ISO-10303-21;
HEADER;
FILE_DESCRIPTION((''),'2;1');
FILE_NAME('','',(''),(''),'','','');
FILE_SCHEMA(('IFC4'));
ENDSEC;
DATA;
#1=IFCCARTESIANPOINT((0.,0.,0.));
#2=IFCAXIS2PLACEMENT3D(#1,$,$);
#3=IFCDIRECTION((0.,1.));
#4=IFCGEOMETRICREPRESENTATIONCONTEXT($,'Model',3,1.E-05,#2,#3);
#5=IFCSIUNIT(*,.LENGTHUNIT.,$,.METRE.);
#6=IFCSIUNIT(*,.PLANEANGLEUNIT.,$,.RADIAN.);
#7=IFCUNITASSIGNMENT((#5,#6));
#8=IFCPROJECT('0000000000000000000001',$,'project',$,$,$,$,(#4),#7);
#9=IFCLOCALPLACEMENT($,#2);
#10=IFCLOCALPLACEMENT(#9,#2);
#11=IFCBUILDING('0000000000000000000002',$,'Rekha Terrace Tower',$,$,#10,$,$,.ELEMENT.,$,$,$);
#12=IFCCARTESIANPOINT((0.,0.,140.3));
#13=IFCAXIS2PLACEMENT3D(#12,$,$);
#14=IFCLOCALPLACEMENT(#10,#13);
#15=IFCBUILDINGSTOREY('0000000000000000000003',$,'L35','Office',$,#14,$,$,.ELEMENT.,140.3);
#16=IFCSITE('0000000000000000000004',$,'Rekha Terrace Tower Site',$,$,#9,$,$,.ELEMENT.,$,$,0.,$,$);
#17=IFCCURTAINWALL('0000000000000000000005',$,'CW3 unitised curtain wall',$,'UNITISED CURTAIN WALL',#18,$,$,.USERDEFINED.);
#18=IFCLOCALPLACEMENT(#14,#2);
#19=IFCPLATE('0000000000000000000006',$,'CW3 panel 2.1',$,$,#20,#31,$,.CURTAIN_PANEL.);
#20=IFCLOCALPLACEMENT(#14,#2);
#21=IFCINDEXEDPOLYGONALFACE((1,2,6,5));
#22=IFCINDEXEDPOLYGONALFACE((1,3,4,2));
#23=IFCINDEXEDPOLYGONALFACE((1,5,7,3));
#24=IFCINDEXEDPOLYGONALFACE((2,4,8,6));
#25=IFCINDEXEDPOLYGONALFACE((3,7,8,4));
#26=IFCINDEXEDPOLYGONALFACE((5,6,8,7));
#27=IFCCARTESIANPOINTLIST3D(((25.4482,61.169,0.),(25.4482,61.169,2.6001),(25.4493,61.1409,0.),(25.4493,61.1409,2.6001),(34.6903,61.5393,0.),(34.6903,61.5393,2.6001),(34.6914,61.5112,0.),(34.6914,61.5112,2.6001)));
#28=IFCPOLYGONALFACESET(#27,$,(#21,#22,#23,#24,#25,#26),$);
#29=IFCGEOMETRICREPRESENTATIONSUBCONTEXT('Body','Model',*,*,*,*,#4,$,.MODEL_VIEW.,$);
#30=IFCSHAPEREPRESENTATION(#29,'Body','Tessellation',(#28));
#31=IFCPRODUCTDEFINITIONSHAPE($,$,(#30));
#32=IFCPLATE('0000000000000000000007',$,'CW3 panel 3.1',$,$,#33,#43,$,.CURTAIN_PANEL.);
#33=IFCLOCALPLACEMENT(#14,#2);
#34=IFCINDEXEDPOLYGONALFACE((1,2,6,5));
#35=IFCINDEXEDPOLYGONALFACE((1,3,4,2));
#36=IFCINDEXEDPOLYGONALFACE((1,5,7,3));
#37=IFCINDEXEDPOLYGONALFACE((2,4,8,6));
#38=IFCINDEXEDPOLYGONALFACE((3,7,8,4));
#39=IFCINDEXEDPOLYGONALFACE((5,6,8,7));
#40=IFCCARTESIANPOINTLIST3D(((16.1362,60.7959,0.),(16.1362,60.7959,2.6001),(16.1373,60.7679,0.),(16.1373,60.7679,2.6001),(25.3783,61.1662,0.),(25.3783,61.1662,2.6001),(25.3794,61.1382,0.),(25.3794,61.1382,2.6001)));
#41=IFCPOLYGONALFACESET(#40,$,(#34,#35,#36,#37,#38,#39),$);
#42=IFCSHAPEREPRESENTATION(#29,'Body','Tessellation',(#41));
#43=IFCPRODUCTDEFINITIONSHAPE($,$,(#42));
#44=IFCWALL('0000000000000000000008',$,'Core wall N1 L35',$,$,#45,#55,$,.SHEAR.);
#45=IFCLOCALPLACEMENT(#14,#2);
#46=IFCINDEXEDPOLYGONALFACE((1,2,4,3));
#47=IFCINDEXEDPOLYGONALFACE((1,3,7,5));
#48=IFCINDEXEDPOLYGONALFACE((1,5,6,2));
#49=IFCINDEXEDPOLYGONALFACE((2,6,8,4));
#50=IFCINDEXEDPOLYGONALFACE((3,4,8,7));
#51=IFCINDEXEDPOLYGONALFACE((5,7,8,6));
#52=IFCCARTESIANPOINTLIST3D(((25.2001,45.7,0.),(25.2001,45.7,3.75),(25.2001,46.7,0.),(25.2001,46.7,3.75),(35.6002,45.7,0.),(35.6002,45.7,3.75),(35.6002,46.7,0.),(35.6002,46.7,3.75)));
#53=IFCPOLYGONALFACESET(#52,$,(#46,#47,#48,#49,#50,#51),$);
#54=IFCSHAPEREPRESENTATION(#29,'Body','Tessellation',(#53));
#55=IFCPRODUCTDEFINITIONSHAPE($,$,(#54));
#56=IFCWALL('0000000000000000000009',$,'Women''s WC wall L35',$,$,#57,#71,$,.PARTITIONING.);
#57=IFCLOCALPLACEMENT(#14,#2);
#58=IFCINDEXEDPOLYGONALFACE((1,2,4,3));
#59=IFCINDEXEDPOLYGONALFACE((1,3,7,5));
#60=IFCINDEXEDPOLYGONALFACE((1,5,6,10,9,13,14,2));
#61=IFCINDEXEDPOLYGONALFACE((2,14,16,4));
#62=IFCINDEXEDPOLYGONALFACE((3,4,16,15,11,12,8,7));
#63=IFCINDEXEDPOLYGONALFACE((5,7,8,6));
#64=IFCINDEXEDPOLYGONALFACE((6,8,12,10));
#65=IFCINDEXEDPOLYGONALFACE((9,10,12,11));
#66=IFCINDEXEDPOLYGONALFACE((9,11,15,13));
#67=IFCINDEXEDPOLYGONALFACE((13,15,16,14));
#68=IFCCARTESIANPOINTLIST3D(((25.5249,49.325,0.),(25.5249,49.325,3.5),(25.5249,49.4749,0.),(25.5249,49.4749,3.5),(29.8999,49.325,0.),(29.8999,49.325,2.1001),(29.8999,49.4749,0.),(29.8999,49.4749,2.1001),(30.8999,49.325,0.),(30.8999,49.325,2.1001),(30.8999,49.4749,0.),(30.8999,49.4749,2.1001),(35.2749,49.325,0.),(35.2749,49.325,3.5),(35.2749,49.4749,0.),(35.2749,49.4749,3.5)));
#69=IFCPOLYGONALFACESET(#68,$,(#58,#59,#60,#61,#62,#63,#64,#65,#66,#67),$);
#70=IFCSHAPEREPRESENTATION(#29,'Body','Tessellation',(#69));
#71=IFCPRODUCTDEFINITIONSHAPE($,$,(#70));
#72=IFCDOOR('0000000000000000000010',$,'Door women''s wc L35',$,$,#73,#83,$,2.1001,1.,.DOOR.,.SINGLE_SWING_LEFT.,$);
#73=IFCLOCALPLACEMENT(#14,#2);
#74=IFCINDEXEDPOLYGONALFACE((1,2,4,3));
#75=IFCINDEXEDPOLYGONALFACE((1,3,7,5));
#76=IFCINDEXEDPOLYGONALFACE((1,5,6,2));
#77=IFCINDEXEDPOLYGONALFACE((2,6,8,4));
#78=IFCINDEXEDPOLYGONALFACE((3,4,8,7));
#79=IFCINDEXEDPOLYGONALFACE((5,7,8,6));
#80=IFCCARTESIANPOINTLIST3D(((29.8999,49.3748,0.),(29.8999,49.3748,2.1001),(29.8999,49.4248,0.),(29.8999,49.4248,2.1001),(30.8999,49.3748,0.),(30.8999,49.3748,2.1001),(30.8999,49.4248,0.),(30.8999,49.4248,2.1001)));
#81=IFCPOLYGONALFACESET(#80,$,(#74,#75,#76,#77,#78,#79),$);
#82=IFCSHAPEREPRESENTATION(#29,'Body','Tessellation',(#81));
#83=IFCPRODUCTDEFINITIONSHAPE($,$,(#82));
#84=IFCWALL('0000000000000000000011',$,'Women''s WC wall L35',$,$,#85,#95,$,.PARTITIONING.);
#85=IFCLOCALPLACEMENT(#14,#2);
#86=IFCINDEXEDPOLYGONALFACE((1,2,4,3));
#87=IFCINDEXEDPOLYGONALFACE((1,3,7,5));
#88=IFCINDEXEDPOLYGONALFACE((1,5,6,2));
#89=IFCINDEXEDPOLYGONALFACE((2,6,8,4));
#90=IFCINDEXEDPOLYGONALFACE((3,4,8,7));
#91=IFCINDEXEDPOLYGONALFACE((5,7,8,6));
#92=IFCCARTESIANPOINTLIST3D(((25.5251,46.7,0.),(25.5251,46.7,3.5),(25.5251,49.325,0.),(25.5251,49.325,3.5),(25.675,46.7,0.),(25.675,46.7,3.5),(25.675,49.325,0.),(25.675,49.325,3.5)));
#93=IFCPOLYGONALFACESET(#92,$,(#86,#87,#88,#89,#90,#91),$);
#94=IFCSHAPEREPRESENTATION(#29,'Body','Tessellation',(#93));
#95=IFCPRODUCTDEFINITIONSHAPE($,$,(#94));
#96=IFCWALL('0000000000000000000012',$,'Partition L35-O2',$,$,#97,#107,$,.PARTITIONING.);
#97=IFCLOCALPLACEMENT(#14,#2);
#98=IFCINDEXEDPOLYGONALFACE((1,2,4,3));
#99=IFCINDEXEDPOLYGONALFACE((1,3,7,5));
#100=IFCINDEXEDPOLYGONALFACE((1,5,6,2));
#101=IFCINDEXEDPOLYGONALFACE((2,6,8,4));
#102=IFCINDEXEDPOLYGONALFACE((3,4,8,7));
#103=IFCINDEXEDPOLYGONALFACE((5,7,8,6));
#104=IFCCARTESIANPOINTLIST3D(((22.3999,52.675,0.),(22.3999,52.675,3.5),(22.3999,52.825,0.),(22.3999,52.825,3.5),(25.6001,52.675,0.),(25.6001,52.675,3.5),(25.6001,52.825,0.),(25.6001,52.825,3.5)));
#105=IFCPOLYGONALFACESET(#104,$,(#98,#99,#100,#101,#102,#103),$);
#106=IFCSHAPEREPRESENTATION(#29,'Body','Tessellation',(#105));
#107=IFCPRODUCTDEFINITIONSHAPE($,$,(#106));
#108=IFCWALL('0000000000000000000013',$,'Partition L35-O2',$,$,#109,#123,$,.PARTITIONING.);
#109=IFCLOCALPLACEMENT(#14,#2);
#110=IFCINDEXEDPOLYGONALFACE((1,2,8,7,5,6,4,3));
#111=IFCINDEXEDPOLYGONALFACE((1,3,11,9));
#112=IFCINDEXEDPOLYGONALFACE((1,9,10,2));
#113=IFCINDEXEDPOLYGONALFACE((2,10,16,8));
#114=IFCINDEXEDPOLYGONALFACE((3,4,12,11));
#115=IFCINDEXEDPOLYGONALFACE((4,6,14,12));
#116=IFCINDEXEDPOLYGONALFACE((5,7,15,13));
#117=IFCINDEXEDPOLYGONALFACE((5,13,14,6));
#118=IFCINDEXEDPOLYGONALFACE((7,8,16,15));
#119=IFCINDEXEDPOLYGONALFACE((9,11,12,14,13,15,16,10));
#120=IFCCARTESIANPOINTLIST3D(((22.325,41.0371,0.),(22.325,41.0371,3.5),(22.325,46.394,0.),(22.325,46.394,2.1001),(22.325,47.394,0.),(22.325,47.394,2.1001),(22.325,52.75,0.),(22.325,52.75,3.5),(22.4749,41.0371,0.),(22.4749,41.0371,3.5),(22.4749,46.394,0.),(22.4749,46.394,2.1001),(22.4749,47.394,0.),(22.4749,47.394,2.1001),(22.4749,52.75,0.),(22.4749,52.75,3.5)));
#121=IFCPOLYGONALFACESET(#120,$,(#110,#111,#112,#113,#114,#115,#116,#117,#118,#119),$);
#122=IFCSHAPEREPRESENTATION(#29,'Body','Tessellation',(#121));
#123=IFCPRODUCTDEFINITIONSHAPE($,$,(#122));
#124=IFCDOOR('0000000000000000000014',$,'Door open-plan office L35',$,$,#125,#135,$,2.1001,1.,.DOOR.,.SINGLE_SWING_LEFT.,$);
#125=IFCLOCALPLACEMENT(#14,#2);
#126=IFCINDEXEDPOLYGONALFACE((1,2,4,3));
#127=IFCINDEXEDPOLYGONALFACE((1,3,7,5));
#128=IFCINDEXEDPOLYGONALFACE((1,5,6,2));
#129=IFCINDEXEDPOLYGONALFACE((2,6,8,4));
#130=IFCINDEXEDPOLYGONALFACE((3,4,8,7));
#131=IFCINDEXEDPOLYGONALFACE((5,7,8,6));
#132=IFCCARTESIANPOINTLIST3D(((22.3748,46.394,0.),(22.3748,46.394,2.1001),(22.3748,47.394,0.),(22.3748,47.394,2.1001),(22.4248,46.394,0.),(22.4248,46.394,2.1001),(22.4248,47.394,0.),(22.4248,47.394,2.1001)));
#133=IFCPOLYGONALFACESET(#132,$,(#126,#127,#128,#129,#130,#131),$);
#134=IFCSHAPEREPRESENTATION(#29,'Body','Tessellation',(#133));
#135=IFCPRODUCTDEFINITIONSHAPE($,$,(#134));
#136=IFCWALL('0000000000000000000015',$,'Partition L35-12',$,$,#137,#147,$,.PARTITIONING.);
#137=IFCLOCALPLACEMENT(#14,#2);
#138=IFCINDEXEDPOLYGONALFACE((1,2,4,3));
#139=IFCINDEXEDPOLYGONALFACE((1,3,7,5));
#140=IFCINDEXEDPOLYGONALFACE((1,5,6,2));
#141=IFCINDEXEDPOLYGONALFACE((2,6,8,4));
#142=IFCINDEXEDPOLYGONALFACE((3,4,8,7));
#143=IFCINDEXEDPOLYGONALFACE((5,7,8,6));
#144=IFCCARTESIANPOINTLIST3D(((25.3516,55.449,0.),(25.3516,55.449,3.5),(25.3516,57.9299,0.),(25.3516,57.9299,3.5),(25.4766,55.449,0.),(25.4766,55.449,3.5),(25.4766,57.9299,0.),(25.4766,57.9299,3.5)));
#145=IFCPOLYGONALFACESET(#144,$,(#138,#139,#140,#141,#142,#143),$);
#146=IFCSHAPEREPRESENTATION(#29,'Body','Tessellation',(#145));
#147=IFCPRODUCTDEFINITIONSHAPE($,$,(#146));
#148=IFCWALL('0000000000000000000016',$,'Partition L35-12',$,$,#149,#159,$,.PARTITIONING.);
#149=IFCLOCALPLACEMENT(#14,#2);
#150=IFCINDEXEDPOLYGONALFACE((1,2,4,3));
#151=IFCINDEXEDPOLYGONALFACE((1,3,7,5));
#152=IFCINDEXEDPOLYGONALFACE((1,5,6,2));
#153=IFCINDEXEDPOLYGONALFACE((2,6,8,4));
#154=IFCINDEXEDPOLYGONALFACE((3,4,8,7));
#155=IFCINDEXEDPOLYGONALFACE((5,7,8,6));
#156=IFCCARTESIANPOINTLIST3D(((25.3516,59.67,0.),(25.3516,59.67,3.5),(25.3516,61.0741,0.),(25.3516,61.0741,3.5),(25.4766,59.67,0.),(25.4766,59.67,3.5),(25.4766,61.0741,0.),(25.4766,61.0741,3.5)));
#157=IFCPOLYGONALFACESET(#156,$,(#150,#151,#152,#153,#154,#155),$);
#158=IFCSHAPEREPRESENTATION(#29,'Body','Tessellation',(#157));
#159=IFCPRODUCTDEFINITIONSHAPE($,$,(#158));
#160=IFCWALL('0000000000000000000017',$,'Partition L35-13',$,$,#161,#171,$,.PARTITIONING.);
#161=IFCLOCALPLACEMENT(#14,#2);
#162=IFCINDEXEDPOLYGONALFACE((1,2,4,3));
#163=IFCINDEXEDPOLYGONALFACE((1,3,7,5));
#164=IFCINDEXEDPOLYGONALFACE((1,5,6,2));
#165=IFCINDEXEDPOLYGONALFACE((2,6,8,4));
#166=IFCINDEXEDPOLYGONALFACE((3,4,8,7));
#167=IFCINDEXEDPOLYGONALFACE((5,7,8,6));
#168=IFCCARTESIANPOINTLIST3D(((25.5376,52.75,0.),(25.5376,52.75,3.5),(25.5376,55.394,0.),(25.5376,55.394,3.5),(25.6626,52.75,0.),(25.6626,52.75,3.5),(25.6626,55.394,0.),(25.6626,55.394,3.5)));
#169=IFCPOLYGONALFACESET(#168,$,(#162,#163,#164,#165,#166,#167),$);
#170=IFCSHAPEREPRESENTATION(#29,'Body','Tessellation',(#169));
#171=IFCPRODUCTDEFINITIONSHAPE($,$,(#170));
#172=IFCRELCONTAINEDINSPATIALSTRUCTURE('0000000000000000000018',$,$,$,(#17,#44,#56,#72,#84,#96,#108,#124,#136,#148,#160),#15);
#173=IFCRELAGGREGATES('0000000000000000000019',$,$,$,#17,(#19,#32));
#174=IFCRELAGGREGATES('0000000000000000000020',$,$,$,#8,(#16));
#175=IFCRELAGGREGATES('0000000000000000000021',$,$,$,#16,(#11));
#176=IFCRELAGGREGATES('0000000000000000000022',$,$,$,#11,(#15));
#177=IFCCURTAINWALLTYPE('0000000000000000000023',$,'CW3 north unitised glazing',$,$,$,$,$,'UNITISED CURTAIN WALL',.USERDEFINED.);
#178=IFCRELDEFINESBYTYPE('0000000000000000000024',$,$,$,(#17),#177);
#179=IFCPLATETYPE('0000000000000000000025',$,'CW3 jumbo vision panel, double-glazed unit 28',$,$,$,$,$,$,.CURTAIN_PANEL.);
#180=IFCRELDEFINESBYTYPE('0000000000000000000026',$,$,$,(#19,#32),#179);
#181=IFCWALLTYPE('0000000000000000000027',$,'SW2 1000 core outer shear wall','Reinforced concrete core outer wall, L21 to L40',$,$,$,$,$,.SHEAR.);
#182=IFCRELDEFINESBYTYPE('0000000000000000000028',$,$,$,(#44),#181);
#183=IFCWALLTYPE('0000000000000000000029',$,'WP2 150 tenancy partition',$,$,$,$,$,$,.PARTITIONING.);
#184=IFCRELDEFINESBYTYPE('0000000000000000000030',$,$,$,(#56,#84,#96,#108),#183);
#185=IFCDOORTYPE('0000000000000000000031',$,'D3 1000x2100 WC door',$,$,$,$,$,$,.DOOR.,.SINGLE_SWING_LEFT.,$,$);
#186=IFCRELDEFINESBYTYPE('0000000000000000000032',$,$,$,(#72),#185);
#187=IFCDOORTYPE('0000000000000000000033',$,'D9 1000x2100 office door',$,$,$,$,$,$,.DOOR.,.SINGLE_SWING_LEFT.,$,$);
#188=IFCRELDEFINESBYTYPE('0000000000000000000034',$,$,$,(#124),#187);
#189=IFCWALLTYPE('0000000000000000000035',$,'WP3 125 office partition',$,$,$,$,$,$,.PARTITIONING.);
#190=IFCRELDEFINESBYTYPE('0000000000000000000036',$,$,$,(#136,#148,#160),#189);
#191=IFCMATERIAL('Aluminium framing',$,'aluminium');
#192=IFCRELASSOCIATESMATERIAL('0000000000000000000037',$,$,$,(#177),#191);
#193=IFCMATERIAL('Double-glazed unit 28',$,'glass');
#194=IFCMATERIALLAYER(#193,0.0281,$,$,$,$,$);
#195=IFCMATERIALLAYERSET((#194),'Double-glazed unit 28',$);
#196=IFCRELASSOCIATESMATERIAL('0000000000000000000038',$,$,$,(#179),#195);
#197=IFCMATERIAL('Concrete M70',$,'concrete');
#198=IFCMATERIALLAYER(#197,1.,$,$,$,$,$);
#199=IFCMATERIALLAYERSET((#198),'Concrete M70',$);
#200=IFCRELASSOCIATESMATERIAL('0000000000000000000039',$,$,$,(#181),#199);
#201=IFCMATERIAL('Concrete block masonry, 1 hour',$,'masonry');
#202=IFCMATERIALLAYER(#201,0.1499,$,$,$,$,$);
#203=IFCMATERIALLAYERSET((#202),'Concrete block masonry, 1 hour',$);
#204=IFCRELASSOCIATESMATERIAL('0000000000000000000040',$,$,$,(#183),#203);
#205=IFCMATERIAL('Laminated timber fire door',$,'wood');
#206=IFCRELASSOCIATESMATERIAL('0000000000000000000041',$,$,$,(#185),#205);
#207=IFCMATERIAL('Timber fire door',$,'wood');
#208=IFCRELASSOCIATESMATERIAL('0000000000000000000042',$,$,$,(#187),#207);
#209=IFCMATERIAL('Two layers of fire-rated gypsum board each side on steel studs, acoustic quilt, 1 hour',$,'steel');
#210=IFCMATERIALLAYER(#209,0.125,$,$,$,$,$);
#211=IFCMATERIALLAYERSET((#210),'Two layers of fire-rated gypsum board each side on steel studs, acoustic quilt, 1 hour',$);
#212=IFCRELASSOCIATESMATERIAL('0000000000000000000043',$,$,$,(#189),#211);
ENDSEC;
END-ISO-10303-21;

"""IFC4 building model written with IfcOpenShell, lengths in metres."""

from ifc_helpers import new_model, si_unit, direction, frame, frame_2d, origin, origin_2d, place, context, subcontext, project, spatial, rectangle, extrude, material, layer, layer_set, type_object, element, fill, aggregate, save


model = new_model("IFC4")

# Units and contexts
model_context = context("Model", 3, precision=1e-05, world=origin(), true_north=direction((0.0, 1.0)))
body_context = subcontext(model_context, "Body", "Model", "MODEL_VIEW")
ifc_project = project(units=[si_unit("LENGTHUNIT", "METRE"), si_unit("PLANEANGLEUNIT", "RADIAN")], contexts=[model_context])

# Site, building, storey
site_placement = place(None, origin())
site = spatial("IfcSite", under=ifc_project, at=site_placement, Name="Rekha Terrace Tower Site", CompositionType="ELEMENT", RefElevation=0.0)
building_placement = place(site_placement, origin())
building = spatial("IfcBuilding", under=site, at=building_placement, Name="Rekha Terrace Tower", CompositionType="ELEMENT")
storey_placement = place(building_placement, frame((0.0, 0.0, 140.3)))
storey = spatial("IfcBuildingStorey", under=building, at=storey_placement, Name="L35", Description="Office", CompositionType="ELEMENT", Elevation=140.3)

# Shared definitions
ifc_material_1 = material(Name="Concrete M70", Category="concrete")

# Curtain wall, plates
ifc_material_2 = material(Name="Aluminium framing", Category="aluminium")
curtain_wall_type = type_object("IfcCurtainWallType", Name="CW3 north unitised glazing", ElementType="UNITISED CURTAIN WALL", PredefinedType="USERDEFINED", material=ifc_material_2)
curtain_wall_placement = place(storey_placement, origin())
curtain_wall = element("IfcCurtainWall", 1, at=curtain_wall_placement, inside=storey, type_object=curtain_wall_type, Name="CW3 unitised curtain wall", ObjectType="UNITISED CURTAIN WALL", PredefinedType="USERDEFINED")
ifc_material_3 = material(Name="Double-glazed unit 28", Category="glass")
ifc_layer_1 = layer(ifc_material_3, 0.0281)
ifc_layer_set_1 = layer_set([ifc_layer_1], Name="Double-glazed unit 28")
plate_type = type_object("IfcPlateType", Name="CW3 jumbo vision panel, double-glazed unit 28", PredefinedType="CURTAIN_PANEL", material=ifc_layer_set_1)
plate_1_placement = place(storey_placement, frame((30.0698, 61.3401, 0.0), z_axis=(0.0, 0.0, 1.0), x_axis=(-0.999198, -0.040032, 0.0)))
plate_1 = element("IfcPlate", 2, at=plate_1_placement, type_object=plate_type, Name="CW3 panel 2.1", PredefinedType="CURTAIN_PANEL", context=body_context, shape_type="SweptSolid", body=[
    extrude(rectangle(XDim=9.2495, YDim=0.0281, at=origin_2d()), origin(), (0.0, 0.0, 1.0), 2.6001),
])
plate_2_placement = place(storey_placement, frame((20.7578, 60.967, 0.0), z_axis=(0.0, 0.0, 1.0), x_axis=(-0.999198, -0.040032, 0.0)))
plate_2 = element("IfcPlate", 3, at=plate_2_placement, type_object=plate_type, Name="CW3 panel 3.1", PredefinedType="CURTAIN_PANEL", context=body_context, shape_type="SweptSolid", body=[
    extrude(rectangle(XDim=9.2495, YDim=0.0281, at=origin_2d()), origin(), (0.0, 0.0, 1.0), 2.6001),
])
aggregate(curtain_wall, [plate_1, plate_2])

# Wall
ifc_layer_2 = layer(ifc_material_1, 1.0)
ifc_layer_set_2 = layer_set([ifc_layer_2], Name="Concrete M70")
wall_type_1 = type_object("IfcWallType", Name="SW2 1000 core outer shear wall", Description="Reinforced concrete core outer wall, L21 to L40", PredefinedType="SHEAR", material=ifc_layer_set_2)
wall_1_placement = place(storey_placement, frame((25.2, 46.2, 0.0), z_axis=(0.0, 0.0, 1.0), x_axis=(1.0, 0.0, 0.0)))
element("IfcWall", 4, at=wall_1_placement, inside=storey, type_object=wall_type_1, Name="Core wall N1 L35", PredefinedType="SHEAR", context=body_context, shape_type="SweptSolid", body=[
    extrude(rectangle(XDim=10.4001, YDim=1.0, at=frame_2d((5.2002, 0.0))), origin(), (0.0, 0.0, 1.0), 3.75),
])

# Wall, opening, door
ifc_material_4 = material(Name="Concrete block masonry, 1 hour", Category="masonry")
ifc_layer_3 = layer(ifc_material_4, 0.1499)
ifc_layer_set_3 = layer_set([ifc_layer_3], Name="Concrete block masonry, 1 hour")
wall_type_2 = type_object("IfcWallType", Name="WP2 150 tenancy partition", PredefinedType="PARTITIONING", material=ifc_layer_set_3)
wall_2_placement = place(storey_placement, frame((25.5249, 49.3999, 0.0), z_axis=(0.0, 0.0, 1.0), x_axis=(1.0, 0.0, 0.0)))
wall_2 = element("IfcWall", 5, at=wall_2_placement, inside=storey, type_object=wall_type_2, Name="Women's WC wall L35", PredefinedType="PARTITIONING", context=body_context, shape_type="SweptSolid", body=[
    extrude(rectangle(XDim=9.75, YDim=0.1499, at=frame_2d((4.875, 0.0))), origin(), (0.0, 0.0, 1.0), 3.5),
])
opening_1_placement = place(wall_2_placement, frame((4.375, 0.0, 0.0)))
opening_1 = element("IfcOpeningElement", 6, at=opening_1_placement, cuts=wall_2, PredefinedType="OPENING", context=body_context, shape_type="SweptSolid", body=[
    extrude(rectangle(XDim=1.0, YDim=2.1001, at=frame_2d((0.5, 1.05))), frame((0.0, 0.085, 0.0), z_axis=(0.0, -1.0, 0.0), x_axis=(1.0, 0.0, 0.0)), (0.0, 0.0, 1.0), 0.1699),
])
ifc_material_5 = material(Name="Laminated timber fire door", Category="wood")
door_type_1 = type_object("IfcDoorType", Name="D3 1000x2100 WC door", OperationType="SINGLE_SWING_LEFT", PredefinedType="DOOR", material=ifc_material_5)
door_1_placement = place(opening_1_placement, origin())
door_1 = element("IfcDoor", 7, at=door_1_placement, inside=storey, type_object=door_type_1, Name="Door women's wc L35", OperationType="SINGLE_SWING_LEFT", OverallHeight=2.1001, OverallWidth=1.0, PredefinedType="DOOR", context=body_context, shape_type="SweptSolid", body=[
    extrude(rectangle(XDim=1.0, YDim=2.1001, at=frame_2d((0.5, 1.05))), frame((0.0, 0.0249, 0.0), z_axis=(0.0, -1.0, 0.0), x_axis=(1.0, 0.0, 0.0)), (0.0, 0.0, 1.0), 0.05),
])
fill(opening_1, door_1)

# Walls
wall_3_placement = place(storey_placement, frame((25.6001, 46.7, 0.0), z_axis=(0.0, 0.0, 1.0), x_axis=(0.0, 1.0, 0.0)))
element("IfcWall", 8, at=wall_3_placement, inside=storey, type_object=wall_type_2, Name="Women's WC wall L35", PredefinedType="PARTITIONING", context=body_context, shape_type="SweptSolid", body=[
    extrude(rectangle(XDim=2.625, YDim=0.1499, at=frame_2d((1.3125, 0.0))), origin(), (0.0, 0.0, 1.0), 3.5),
])
wall_4_placement = place(storey_placement, frame((25.6001, 52.75, 0.0), z_axis=(0.0, 0.0, 1.0), x_axis=(-1.0, 0.0, 0.0)))
element("IfcWall", 9, at=wall_4_placement, inside=storey, type_object=wall_type_2, Name="Partition L35-O2", PredefinedType="PARTITIONING", context=body_context, shape_type="SweptSolid", body=[
    extrude(rectangle(XDim=3.2002, YDim=0.1499, at=frame_2d((1.6001, 0.0))), origin(), (0.0, 0.0, 1.0), 3.5),
])

# Wall, opening, door
wall_5_placement = place(storey_placement, frame((22.3999, 52.75, 0.0), z_axis=(0.0, 0.0, 1.0), x_axis=(0.0, -1.0, 0.0)))
wall_5 = element("IfcWall", 10, at=wall_5_placement, inside=storey, type_object=wall_type_2, Name="Partition L35-O2", PredefinedType="PARTITIONING", context=body_context, shape_type="SweptSolid", body=[
    extrude(rectangle(XDim=11.7129, YDim=0.1499, at=frame_2d((5.8564, 0.0))), origin(), (0.0, 0.0, 1.0), 3.5),
])
opening_2_placement = place(wall_5_placement, frame((5.356, 0.0, 0.0)))
opening_2 = element("IfcOpeningElement", 11, at=opening_2_placement, cuts=wall_5, PredefinedType="OPENING", context=body_context, shape_type="SweptSolid", body=[
    extrude(rectangle(XDim=1.0, YDim=2.1001, at=frame_2d((0.5, 1.05))), frame((0.0, 0.085, 0.0), z_axis=(0.0, -1.0, 0.0), x_axis=(1.0, 0.0, 0.0)), (0.0, 0.0, 1.0), 0.1699),
])
ifc_material_6 = material(Name="Timber fire door", Category="wood")
door_type_2 = type_object("IfcDoorType", Name="D9 1000x2100 office door", OperationType="SINGLE_SWING_LEFT", PredefinedType="DOOR", material=ifc_material_6)
door_2_placement = place(opening_2_placement, origin())
door_2 = element("IfcDoor", 12, at=door_2_placement, inside=storey, type_object=door_type_2, Name="Door open-plan office L35", OperationType="SINGLE_SWING_LEFT", OverallHeight=2.1001, OverallWidth=1.0, PredefinedType="DOOR", context=body_context, shape_type="SweptSolid", body=[
    extrude(rectangle(XDim=1.0, YDim=2.1001, at=frame_2d((0.5, 1.05))), frame((0.0, 0.0249, 0.0), z_axis=(0.0, -1.0, 0.0), x_axis=(1.0, 0.0, 0.0)), (0.0, 0.0, 1.0), 0.05),
])
fill(opening_2, door_2)

# Walls
ifc_material_7 = material(Name="Two layers of fire-rated gypsum board each side on steel studs, acoustic quilt, 1 hour", Category="steel")
ifc_layer_4 = layer(ifc_material_7, 0.125)
ifc_layer_set_4 = layer_set([ifc_layer_4], Name="Two layers of fire-rated gypsum board each side on steel studs, acoustic quilt, 1 hour")
wall_type_3 = type_object("IfcWallType", Name="WP3 125 office partition", PredefinedType="PARTITIONING", material=ifc_layer_set_4)
wall_6_placement = place(storey_placement, frame((25.4141, 55.449, 0.0), z_axis=(0.0, 0.0, 1.0), x_axis=(0.0, 1.0, 0.0)))
element("IfcWall", 13, at=wall_6_placement, inside=storey, type_object=wall_type_3, Name="Partition L35-12", PredefinedType="PARTITIONING", context=body_context, shape_type="SweptSolid", body=[
    extrude(rectangle(XDim=2.481, YDim=0.125, at=frame_2d((1.2405, 0.0))), origin(), (0.0, 0.0, 1.0), 3.5),
])
wall_7_placement = place(storey_placement, frame((25.4141, 59.6699, 0.0), z_axis=(0.0, 0.0, 1.0), x_axis=(0.0, 1.0, 0.0)))
element("IfcWall", 14, at=wall_7_placement, inside=storey, type_object=wall_type_3, Name="Partition L35-12", PredefinedType="PARTITIONING", context=body_context, shape_type="SweptSolid", body=[
    extrude(rectangle(XDim=1.4041, YDim=0.125, at=frame_2d((0.7021, 0.0))), origin(), (0.0, 0.0, 1.0), 3.5),
])
wall_8_placement = place(storey_placement, frame((25.6001, 52.75, 0.0), z_axis=(0.0, 0.0, 1.0), x_axis=(0.0, 1.0, 0.0)))
element("IfcWall", 15, at=wall_8_placement, inside=storey, type_object=wall_type_3, Name="Partition L35-13", PredefinedType="PARTITIONING", context=body_context, shape_type="SweptSolid", body=[
    extrude(rectangle(XDim=2.644, YDim=0.125, at=frame_2d((1.322, 0.0))), origin(), (0.0, 0.0, 1.0), 3.5),
])

save(model, "model.ifc")
